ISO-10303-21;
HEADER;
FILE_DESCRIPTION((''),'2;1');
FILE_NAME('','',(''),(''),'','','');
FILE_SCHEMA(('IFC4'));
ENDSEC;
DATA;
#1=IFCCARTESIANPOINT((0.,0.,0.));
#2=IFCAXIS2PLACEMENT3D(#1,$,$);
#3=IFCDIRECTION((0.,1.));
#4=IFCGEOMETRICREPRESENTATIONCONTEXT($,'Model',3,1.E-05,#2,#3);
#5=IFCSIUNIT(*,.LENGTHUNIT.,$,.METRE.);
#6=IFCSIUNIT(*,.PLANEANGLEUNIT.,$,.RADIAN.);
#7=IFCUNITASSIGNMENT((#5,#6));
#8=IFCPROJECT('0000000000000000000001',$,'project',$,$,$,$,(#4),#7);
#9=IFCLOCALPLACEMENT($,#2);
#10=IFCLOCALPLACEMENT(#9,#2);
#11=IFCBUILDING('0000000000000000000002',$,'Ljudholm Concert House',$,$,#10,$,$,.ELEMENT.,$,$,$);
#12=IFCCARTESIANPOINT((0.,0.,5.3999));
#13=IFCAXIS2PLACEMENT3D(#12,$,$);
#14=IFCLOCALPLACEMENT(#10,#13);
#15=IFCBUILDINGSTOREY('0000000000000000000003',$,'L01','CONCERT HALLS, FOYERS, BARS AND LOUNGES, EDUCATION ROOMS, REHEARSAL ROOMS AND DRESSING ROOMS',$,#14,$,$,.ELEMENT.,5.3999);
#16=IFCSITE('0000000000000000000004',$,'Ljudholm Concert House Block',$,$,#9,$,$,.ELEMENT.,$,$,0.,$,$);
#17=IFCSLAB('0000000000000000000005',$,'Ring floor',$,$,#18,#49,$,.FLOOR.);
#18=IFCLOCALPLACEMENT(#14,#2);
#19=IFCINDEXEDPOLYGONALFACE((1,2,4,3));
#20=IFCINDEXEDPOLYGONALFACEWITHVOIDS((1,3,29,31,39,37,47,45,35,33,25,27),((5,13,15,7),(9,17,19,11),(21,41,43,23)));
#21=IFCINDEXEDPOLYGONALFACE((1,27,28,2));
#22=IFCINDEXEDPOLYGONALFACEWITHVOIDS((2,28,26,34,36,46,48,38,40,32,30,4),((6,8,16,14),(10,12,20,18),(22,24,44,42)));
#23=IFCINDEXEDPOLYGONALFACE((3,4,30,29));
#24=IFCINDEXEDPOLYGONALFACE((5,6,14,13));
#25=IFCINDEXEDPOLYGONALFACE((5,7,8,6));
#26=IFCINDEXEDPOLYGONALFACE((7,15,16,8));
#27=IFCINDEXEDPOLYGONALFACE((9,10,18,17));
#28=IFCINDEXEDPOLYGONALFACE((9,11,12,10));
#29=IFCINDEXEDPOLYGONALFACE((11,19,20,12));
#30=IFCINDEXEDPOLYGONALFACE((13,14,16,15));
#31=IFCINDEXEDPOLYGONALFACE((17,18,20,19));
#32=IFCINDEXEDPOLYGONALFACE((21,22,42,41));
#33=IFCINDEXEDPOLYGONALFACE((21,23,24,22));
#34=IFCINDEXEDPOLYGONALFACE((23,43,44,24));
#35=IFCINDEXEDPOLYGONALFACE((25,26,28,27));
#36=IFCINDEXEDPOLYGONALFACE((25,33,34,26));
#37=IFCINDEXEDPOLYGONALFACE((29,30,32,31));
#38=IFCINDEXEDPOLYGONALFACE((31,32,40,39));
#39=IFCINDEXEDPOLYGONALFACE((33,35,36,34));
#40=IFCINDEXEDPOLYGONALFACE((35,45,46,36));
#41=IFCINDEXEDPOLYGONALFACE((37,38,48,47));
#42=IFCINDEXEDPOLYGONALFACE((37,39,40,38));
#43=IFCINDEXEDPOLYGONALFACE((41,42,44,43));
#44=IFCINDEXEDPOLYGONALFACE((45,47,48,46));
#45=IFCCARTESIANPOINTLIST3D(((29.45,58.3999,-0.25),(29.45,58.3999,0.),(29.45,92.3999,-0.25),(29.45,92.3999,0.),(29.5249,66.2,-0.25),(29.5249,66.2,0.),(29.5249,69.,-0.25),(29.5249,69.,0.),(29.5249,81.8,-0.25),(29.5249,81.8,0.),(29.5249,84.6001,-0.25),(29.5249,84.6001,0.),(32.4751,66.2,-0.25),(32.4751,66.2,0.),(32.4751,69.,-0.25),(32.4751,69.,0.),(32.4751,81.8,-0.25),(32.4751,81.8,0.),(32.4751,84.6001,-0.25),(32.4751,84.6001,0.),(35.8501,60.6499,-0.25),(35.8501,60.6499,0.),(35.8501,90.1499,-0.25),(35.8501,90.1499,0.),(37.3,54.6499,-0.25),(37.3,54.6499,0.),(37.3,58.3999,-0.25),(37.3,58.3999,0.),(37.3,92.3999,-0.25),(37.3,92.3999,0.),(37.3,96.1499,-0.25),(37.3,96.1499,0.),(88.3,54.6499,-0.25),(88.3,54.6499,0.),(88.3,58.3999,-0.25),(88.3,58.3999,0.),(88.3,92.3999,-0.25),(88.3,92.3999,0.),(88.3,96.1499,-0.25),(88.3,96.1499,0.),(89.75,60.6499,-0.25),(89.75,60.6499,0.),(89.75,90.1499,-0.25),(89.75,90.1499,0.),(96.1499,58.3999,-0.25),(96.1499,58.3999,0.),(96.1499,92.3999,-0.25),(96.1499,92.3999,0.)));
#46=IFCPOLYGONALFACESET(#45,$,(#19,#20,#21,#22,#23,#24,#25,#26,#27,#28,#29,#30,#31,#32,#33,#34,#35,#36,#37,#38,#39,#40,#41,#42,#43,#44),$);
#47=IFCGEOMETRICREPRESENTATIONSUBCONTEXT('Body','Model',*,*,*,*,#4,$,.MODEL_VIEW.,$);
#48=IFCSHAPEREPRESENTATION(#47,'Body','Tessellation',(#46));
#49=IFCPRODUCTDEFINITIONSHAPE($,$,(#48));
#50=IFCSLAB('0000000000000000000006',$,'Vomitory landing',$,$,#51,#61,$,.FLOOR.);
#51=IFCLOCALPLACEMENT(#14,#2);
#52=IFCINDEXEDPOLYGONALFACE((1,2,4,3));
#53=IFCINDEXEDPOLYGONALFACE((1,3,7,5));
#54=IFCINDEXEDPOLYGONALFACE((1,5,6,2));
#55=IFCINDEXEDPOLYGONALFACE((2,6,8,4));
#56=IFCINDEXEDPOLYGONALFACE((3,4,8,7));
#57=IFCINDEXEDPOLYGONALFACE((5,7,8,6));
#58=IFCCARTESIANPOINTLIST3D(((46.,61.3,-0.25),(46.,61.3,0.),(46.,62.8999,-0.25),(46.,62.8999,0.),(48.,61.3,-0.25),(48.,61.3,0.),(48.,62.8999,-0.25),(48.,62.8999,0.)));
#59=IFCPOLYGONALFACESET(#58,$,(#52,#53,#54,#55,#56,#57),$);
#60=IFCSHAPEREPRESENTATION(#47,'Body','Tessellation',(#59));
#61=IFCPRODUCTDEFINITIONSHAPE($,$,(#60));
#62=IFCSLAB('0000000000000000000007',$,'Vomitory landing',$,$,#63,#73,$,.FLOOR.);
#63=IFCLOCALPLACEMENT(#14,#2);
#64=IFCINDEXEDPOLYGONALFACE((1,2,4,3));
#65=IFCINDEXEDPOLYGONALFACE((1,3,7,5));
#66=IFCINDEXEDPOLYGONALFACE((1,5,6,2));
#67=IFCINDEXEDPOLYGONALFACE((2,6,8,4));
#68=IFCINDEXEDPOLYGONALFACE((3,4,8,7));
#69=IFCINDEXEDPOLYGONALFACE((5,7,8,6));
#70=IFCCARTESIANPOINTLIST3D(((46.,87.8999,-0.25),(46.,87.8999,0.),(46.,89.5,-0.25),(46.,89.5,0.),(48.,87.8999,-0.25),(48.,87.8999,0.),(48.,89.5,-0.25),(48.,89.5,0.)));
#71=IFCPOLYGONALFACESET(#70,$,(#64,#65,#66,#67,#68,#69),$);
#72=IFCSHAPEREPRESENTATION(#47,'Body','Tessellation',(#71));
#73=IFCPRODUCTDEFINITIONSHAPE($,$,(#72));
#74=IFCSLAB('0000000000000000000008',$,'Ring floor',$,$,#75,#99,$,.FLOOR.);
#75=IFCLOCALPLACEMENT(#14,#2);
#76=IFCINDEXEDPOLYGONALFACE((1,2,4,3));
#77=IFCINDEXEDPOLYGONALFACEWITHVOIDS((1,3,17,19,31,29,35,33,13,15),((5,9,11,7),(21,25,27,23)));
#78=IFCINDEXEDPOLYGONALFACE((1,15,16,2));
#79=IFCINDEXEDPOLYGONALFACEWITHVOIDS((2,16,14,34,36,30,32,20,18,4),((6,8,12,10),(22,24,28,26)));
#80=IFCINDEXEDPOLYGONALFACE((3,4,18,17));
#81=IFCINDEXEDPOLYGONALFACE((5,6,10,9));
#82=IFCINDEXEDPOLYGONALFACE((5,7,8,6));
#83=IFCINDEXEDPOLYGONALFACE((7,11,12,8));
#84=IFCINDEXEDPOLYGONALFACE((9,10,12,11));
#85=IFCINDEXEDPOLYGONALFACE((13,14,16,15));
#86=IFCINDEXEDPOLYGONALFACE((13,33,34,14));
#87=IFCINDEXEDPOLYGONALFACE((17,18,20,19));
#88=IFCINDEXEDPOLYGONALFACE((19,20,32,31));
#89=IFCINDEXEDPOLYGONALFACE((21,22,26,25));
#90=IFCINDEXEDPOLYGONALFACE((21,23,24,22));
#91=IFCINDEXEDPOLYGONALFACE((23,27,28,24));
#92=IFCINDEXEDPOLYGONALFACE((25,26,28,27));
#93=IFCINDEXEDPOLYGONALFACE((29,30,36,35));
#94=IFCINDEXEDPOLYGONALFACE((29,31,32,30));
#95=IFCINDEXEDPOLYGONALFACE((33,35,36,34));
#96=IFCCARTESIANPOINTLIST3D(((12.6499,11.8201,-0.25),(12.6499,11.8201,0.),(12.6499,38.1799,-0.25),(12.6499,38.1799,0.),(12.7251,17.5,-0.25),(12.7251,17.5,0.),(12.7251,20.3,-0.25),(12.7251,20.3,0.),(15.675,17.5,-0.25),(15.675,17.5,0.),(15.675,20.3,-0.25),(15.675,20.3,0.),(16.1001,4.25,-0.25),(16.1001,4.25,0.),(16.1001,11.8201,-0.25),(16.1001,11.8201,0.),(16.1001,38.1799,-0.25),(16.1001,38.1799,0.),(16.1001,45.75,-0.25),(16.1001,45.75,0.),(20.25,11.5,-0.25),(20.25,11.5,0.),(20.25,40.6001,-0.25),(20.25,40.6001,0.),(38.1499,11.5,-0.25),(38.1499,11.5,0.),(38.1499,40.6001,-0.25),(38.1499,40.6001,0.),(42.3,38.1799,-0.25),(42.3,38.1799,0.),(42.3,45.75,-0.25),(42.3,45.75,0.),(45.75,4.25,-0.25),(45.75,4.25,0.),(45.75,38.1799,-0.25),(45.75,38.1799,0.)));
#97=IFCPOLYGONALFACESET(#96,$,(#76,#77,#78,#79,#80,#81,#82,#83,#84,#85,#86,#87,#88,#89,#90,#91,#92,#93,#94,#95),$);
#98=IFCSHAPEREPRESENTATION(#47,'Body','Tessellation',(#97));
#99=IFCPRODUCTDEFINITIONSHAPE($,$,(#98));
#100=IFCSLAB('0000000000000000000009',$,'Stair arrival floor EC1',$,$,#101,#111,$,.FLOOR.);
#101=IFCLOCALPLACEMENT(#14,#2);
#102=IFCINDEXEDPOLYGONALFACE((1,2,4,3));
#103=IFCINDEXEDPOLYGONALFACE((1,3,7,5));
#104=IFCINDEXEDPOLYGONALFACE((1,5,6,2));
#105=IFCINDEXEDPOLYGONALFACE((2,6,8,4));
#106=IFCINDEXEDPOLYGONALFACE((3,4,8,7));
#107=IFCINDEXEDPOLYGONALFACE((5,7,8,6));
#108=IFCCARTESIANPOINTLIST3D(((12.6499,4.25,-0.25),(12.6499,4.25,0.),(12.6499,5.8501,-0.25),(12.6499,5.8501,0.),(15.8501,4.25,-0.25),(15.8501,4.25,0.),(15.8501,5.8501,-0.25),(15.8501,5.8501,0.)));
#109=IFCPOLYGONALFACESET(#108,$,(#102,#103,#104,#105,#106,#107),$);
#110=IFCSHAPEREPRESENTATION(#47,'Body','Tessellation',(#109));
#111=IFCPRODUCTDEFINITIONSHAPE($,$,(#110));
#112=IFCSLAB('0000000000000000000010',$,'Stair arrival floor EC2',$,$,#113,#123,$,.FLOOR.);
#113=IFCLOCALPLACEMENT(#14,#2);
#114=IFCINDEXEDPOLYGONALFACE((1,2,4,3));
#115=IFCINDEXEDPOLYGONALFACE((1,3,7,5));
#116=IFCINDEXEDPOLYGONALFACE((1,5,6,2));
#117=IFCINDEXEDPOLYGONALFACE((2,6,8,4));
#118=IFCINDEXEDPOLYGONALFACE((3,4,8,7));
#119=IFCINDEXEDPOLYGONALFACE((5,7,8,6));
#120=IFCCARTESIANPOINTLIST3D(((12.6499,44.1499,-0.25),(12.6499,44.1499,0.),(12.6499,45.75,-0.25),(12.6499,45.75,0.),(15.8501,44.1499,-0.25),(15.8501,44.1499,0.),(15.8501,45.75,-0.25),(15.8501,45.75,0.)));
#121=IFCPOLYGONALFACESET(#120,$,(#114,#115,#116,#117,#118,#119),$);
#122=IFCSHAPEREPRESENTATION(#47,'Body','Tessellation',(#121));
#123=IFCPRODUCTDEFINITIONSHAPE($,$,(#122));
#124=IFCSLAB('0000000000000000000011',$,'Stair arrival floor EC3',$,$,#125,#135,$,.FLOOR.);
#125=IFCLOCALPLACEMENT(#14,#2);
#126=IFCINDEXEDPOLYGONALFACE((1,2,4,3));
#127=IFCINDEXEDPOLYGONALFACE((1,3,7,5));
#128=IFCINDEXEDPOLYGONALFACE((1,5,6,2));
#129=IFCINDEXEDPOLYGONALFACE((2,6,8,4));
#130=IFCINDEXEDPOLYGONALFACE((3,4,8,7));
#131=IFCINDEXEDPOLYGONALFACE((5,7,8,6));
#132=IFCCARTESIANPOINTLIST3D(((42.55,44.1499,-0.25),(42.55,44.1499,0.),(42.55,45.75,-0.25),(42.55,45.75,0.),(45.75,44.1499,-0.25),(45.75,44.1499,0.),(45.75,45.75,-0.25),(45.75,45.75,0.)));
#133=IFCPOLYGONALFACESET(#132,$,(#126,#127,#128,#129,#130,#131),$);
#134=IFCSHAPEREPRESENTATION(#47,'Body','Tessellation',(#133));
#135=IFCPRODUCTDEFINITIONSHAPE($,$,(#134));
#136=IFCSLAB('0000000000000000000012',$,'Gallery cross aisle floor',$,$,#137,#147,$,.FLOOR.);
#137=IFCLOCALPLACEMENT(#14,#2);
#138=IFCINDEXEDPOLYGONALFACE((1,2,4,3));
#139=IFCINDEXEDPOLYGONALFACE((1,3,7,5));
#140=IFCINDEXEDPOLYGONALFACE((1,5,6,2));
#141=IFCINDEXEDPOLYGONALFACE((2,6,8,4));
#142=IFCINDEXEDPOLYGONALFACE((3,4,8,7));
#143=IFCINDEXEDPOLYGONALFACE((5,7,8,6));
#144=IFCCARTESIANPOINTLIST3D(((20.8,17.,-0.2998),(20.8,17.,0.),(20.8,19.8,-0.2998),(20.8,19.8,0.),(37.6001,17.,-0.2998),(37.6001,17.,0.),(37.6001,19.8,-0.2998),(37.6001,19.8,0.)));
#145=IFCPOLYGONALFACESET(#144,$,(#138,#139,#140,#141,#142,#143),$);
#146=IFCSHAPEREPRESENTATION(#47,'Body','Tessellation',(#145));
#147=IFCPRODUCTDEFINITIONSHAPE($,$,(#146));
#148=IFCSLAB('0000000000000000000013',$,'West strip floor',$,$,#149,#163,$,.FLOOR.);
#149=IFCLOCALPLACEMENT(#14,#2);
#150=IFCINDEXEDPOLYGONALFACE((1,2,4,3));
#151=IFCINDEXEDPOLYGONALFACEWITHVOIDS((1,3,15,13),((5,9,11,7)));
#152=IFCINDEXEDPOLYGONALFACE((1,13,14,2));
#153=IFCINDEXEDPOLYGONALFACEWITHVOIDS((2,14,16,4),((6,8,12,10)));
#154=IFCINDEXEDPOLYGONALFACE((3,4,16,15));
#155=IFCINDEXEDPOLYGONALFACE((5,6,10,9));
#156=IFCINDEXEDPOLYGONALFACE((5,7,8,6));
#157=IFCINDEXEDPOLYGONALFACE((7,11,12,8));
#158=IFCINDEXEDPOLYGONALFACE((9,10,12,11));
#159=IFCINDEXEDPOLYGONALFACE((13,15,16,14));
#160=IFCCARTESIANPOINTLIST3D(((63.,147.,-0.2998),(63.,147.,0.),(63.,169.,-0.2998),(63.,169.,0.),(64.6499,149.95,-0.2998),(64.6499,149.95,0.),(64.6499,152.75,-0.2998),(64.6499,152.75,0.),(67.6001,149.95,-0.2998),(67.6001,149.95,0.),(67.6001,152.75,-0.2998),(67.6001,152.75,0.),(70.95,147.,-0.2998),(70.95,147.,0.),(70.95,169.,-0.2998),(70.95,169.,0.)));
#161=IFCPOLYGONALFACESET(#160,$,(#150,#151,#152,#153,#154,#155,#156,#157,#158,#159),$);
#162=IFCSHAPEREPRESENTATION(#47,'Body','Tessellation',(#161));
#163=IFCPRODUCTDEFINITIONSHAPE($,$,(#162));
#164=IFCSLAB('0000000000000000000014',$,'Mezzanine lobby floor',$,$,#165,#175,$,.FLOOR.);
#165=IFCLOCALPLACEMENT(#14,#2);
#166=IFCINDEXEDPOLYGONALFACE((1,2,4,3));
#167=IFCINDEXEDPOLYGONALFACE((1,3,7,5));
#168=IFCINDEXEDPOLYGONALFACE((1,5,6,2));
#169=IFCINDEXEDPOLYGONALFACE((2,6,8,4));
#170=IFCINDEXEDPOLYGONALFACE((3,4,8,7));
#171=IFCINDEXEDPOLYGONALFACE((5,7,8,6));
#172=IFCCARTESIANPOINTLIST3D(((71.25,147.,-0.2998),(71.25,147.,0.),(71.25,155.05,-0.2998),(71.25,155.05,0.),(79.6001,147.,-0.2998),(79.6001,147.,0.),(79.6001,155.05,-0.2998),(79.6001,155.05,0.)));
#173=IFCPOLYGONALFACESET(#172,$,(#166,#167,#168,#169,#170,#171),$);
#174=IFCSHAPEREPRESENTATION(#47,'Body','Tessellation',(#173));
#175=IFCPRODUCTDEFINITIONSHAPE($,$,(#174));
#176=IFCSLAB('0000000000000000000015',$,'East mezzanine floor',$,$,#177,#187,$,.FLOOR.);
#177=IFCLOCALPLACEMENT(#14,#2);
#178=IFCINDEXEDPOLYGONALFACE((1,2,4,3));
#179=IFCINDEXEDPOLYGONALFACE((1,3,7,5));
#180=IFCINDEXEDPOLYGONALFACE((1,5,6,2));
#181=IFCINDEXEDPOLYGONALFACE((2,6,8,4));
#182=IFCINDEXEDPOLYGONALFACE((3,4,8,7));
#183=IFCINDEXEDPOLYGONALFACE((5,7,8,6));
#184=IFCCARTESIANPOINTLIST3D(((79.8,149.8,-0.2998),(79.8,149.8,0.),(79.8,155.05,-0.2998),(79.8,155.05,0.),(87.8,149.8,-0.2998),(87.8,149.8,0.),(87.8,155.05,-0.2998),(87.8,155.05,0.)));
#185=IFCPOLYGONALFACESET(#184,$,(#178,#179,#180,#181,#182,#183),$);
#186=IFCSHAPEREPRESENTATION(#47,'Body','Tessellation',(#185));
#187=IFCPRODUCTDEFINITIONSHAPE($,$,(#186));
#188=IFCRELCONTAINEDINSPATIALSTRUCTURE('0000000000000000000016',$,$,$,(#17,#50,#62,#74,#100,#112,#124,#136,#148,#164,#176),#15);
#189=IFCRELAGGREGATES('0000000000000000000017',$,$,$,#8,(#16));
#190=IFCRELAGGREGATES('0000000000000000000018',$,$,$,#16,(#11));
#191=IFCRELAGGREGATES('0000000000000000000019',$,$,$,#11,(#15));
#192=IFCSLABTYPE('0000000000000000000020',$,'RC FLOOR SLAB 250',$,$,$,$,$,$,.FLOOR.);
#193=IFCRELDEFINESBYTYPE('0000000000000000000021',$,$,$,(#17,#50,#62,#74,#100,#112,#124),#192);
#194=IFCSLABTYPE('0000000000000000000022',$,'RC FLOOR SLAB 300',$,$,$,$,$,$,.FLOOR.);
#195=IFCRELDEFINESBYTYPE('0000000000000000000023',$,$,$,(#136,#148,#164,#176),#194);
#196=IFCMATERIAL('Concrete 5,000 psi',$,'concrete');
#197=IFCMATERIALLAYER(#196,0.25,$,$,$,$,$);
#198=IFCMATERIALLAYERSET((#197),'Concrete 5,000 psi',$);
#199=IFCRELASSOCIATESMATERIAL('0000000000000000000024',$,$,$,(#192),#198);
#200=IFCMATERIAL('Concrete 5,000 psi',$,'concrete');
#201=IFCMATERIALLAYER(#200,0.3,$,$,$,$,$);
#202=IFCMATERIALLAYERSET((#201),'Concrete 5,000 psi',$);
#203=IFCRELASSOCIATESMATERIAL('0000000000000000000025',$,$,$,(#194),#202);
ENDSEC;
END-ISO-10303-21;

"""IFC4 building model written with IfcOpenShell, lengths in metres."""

from ifc_helpers import new_model, si_unit, direction, frame, origin, place, context, subcontext, project, spatial, polyline, outline, extrude, material, layer, layer_set, type_object, element, save


model = new_model("IFC4")

# Units and contexts
model_context = context("Model", 3, precision=1e-05, world=origin(), true_north=direction((0.0, 1.0)))
body_context = subcontext(model_context, "Body", "Model", "MODEL_VIEW")
ifc_project = project(units=[si_unit("LENGTHUNIT", "METRE"), si_unit("PLANEANGLEUNIT", "RADIAN")], contexts=[model_context])

# Site, building, storey
site_placement = place(None, origin())
site = spatial("IfcSite", under=ifc_project, at=site_placement, Name="Ljudholm Concert House Block", CompositionType="ELEMENT", RefElevation=0.0)
building_placement = place(site_placement, origin())
building = spatial("IfcBuilding", under=site, at=building_placement, Name="Ljudholm Concert House", CompositionType="ELEMENT")
storey_placement = place(building_placement, frame((0.0, 0.0, 5.3999)))
storey = spatial("IfcBuildingStorey", under=building, at=storey_placement, Name="L01", Description="CONCERT HALLS, FOYERS, BARS AND LOUNGES, EDUCATION ROOMS, REHEARSAL ROOMS AND DRESSING ROOMS", CompositionType="ELEMENT", Elevation=5.3999)

# Slabs
ifc_material_1 = material(Name="Concrete 5,000 psi", Category="concrete")
ifc_layer_1 = layer(ifc_material_1, 0.25)
ifc_layer_set_1 = layer_set([ifc_layer_1], Name="Concrete 5,000 psi")
slab_type_1 = type_object("IfcSlabType", Name="RC FLOOR SLAB 250", PredefinedType="FLOOR", material=ifc_layer_set_1)
slab_1_placement = place(storey_placement, frame((0.0, 0.0, -0.25)))
element("IfcSlab", 1, at=slab_1_placement, inside=storey, type_object=slab_type_1, Name="Ring floor", PredefinedType="FLOOR", context=body_context, shape_type="SweptSolid", body=[
    extrude(outline(polyline([(96.1499, 58.3999), (88.3, 58.3999), (88.3, 54.6499), (37.3, 54.6499), (37.3, 58.3999), (29.45, 58.3999), (29.45, 92.3999), (37.3, 92.3999), (37.3, 96.1499), (88.3, 96.1499), (88.3, 92.3999), (96.1499, 92.3999), (96.1499, 58.3999)]), holes=[polyline([(29.5249, 69.0), (29.5249, 66.2), (32.4751, 66.2), (32.4751, 69.0), (29.5249, 69.0)]), polyline([(35.8501, 90.1499), (35.8501, 60.6499), (89.75, 60.6499), (89.75, 90.1499), (35.8501, 90.1499)]), polyline([(29.5249, 84.6001), (29.5249, 81.8), (32.4751, 81.8), (32.4751, 84.6001), (29.5249, 84.6001)])]), origin(), (0.0, 0.0, 1.0), 0.25),
])
slab_2_placement = place(storey_placement, frame((0.0, 0.0, -0.25)))
element("IfcSlab", 2, at=slab_2_placement, inside=storey, type_object=slab_type_1, Name="Vomitory landing", PredefinedType="FLOOR", context=body_context, shape_type="SweptSolid", body=[
    extrude(outline(polyline([(46.0, 61.3), (48.0, 61.3), (48.0, 62.8999), (46.0, 62.8999), (46.0, 61.3)])), origin(), (0.0, 0.0, 1.0), 0.25),
])
slab_3_placement = place(storey_placement, frame((0.0, 0.0, -0.25)))
element("IfcSlab", 3, at=slab_3_placement, inside=storey, type_object=slab_type_1, Name="Vomitory landing", PredefinedType="FLOOR", context=body_context, shape_type="SweptSolid", body=[
    extrude(outline(polyline([(46.0, 87.8999), (48.0, 87.8999), (48.0, 89.5), (46.0, 89.5), (46.0, 87.8999)])), origin(), (0.0, 0.0, 1.0), 0.25),
])
slab_4_placement = place(storey_placement, frame((0.0, 0.0, -0.25)))
element("IfcSlab", 4, at=slab_4_placement, inside=storey, type_object=slab_type_1, Name="Ring floor", PredefinedType="FLOOR", context=body_context, shape_type="SweptSolid", body=[
    extrude(outline(polyline([(45.75, 4.25), (16.1001, 4.25), (16.1001, 11.8201), (12.6499, 11.8201), (12.6499, 38.1799), (16.1001, 38.1799), (16.1001, 45.75), (42.3, 45.75), (42.3, 38.1799), (45.75, 38.1799), (45.75, 4.25)]), holes=[polyline([(12.7251, 17.5), (15.675, 17.5), (15.675, 20.3), (12.7251, 20.3), (12.7251, 17.5)]), polyline([(20.25, 11.5), (38.1499, 11.5), (38.1499, 40.6001), (20.25, 40.6001), (20.25, 11.5)])]), origin(), (0.0, 0.0, 1.0), 0.25),
])
slab_5_placement = place(storey_placement, frame((0.0, 0.0, -0.25)))
element("IfcSlab", 5, at=slab_5_placement, inside=storey, type_object=slab_type_1, Name="Stair arrival floor EC1", PredefinedType="FLOOR", context=body_context, shape_type="SweptSolid", body=[
    extrude(outline(polyline([(12.6499, 4.25), (15.8501, 4.25), (15.8501, 5.8501), (12.6499, 5.8501), (12.6499, 4.25)])), origin(), (0.0, 0.0, 1.0), 0.25),
])
slab_6_placement = place(storey_placement, frame((0.0, 0.0, -0.25)))
element("IfcSlab", 6, at=slab_6_placement, inside=storey, type_object=slab_type_1, Name="Stair arrival floor EC2", PredefinedType="FLOOR", context=body_context, shape_type="SweptSolid", body=[
    extrude(outline(polyline([(12.6499, 44.1499), (15.8501, 44.1499), (15.8501, 45.75), (12.6499, 45.75), (12.6499, 44.1499)])), origin(), (0.0, 0.0, 1.0), 0.25),
])
slab_7_placement = place(storey_placement, frame((0.0, 0.0, -0.25)))
element("IfcSlab", 7, at=slab_7_placement, inside=storey, type_object=slab_type_1, Name="Stair arrival floor EC3", PredefinedType="FLOOR", context=body_context, shape_type="SweptSolid", body=[
    extrude(outline(polyline([(42.55, 44.1499), (45.75, 44.1499), (45.75, 45.75), (42.55, 45.75), (42.55, 44.1499)])), origin(), (0.0, 0.0, 1.0), 0.25),
])
ifc_material_2 = material(Name="Concrete 5,000 psi", Category="concrete")
ifc_layer_2 = layer(ifc_material_2, 0.3)
ifc_layer_set_2 = layer_set([ifc_layer_2], Name="Concrete 5,000 psi")
slab_type_2 = type_object("IfcSlabType", Name="RC FLOOR SLAB 300", PredefinedType="FLOOR", material=ifc_layer_set_2)
slab_8_placement = place(storey_placement, frame((0.0, 0.0, -0.2998)))
element("IfcSlab", 8, at=slab_8_placement, inside=storey, type_object=slab_type_2, Name="Gallery cross aisle floor", PredefinedType="FLOOR", context=body_context, shape_type="SweptSolid", body=[
    extrude(outline(polyline([(20.8, 17.0), (37.6001, 17.0), (37.6001, 19.8), (20.8, 19.8), (20.8, 17.0)])), origin(), (0.0, 0.0, 1.0), 0.2998),
])
slab_9_placement = place(storey_placement, frame((0.0, 0.0, -0.2998)))
element("IfcSlab", 9, at=slab_9_placement, inside=storey, type_object=slab_type_2, Name="West strip floor", PredefinedType="FLOOR", context=body_context, shape_type="SweptSolid", body=[
    extrude(outline(polyline([(63.0, 147.0), (70.95, 147.0), (70.95, 169.0), (63.0, 169.0), (63.0, 147.0)]), holes=[polyline([(64.6499, 149.95), (67.6001, 149.95), (67.6001, 152.75), (64.6499, 152.75), (64.6499, 149.95)])]), origin(), (0.0, 0.0, 1.0), 0.2998),
])
slab_10_placement = place(storey_placement, frame((0.0, 0.0, -0.2998)))
element("IfcSlab", 10, at=slab_10_placement, inside=storey, type_object=slab_type_2, Name="Mezzanine lobby floor", PredefinedType="FLOOR", context=body_context, shape_type="SweptSolid", body=[
    extrude(outline(polyline([(71.25, 147.0), (79.6001, 147.0), (79.6001, 155.05), (71.25, 155.05), (71.25, 147.0)])), origin(), (0.0, 0.0, 1.0), 0.2998),
])
slab_11_placement = place(storey_placement, frame((0.0, 0.0, -0.2998)))
element("IfcSlab", 11, at=slab_11_placement, inside=storey, type_object=slab_type_2, Name="East mezzanine floor", PredefinedType="FLOOR", context=body_context, shape_type="SweptSolid", body=[
    extrude(outline(polyline([(79.8, 149.8), (87.8, 149.8), (87.8, 155.05), (79.8, 155.05), (79.8, 149.8)])), origin(), (0.0, 0.0, 1.0), 0.2998),
])

save(model, "model.ifc")
